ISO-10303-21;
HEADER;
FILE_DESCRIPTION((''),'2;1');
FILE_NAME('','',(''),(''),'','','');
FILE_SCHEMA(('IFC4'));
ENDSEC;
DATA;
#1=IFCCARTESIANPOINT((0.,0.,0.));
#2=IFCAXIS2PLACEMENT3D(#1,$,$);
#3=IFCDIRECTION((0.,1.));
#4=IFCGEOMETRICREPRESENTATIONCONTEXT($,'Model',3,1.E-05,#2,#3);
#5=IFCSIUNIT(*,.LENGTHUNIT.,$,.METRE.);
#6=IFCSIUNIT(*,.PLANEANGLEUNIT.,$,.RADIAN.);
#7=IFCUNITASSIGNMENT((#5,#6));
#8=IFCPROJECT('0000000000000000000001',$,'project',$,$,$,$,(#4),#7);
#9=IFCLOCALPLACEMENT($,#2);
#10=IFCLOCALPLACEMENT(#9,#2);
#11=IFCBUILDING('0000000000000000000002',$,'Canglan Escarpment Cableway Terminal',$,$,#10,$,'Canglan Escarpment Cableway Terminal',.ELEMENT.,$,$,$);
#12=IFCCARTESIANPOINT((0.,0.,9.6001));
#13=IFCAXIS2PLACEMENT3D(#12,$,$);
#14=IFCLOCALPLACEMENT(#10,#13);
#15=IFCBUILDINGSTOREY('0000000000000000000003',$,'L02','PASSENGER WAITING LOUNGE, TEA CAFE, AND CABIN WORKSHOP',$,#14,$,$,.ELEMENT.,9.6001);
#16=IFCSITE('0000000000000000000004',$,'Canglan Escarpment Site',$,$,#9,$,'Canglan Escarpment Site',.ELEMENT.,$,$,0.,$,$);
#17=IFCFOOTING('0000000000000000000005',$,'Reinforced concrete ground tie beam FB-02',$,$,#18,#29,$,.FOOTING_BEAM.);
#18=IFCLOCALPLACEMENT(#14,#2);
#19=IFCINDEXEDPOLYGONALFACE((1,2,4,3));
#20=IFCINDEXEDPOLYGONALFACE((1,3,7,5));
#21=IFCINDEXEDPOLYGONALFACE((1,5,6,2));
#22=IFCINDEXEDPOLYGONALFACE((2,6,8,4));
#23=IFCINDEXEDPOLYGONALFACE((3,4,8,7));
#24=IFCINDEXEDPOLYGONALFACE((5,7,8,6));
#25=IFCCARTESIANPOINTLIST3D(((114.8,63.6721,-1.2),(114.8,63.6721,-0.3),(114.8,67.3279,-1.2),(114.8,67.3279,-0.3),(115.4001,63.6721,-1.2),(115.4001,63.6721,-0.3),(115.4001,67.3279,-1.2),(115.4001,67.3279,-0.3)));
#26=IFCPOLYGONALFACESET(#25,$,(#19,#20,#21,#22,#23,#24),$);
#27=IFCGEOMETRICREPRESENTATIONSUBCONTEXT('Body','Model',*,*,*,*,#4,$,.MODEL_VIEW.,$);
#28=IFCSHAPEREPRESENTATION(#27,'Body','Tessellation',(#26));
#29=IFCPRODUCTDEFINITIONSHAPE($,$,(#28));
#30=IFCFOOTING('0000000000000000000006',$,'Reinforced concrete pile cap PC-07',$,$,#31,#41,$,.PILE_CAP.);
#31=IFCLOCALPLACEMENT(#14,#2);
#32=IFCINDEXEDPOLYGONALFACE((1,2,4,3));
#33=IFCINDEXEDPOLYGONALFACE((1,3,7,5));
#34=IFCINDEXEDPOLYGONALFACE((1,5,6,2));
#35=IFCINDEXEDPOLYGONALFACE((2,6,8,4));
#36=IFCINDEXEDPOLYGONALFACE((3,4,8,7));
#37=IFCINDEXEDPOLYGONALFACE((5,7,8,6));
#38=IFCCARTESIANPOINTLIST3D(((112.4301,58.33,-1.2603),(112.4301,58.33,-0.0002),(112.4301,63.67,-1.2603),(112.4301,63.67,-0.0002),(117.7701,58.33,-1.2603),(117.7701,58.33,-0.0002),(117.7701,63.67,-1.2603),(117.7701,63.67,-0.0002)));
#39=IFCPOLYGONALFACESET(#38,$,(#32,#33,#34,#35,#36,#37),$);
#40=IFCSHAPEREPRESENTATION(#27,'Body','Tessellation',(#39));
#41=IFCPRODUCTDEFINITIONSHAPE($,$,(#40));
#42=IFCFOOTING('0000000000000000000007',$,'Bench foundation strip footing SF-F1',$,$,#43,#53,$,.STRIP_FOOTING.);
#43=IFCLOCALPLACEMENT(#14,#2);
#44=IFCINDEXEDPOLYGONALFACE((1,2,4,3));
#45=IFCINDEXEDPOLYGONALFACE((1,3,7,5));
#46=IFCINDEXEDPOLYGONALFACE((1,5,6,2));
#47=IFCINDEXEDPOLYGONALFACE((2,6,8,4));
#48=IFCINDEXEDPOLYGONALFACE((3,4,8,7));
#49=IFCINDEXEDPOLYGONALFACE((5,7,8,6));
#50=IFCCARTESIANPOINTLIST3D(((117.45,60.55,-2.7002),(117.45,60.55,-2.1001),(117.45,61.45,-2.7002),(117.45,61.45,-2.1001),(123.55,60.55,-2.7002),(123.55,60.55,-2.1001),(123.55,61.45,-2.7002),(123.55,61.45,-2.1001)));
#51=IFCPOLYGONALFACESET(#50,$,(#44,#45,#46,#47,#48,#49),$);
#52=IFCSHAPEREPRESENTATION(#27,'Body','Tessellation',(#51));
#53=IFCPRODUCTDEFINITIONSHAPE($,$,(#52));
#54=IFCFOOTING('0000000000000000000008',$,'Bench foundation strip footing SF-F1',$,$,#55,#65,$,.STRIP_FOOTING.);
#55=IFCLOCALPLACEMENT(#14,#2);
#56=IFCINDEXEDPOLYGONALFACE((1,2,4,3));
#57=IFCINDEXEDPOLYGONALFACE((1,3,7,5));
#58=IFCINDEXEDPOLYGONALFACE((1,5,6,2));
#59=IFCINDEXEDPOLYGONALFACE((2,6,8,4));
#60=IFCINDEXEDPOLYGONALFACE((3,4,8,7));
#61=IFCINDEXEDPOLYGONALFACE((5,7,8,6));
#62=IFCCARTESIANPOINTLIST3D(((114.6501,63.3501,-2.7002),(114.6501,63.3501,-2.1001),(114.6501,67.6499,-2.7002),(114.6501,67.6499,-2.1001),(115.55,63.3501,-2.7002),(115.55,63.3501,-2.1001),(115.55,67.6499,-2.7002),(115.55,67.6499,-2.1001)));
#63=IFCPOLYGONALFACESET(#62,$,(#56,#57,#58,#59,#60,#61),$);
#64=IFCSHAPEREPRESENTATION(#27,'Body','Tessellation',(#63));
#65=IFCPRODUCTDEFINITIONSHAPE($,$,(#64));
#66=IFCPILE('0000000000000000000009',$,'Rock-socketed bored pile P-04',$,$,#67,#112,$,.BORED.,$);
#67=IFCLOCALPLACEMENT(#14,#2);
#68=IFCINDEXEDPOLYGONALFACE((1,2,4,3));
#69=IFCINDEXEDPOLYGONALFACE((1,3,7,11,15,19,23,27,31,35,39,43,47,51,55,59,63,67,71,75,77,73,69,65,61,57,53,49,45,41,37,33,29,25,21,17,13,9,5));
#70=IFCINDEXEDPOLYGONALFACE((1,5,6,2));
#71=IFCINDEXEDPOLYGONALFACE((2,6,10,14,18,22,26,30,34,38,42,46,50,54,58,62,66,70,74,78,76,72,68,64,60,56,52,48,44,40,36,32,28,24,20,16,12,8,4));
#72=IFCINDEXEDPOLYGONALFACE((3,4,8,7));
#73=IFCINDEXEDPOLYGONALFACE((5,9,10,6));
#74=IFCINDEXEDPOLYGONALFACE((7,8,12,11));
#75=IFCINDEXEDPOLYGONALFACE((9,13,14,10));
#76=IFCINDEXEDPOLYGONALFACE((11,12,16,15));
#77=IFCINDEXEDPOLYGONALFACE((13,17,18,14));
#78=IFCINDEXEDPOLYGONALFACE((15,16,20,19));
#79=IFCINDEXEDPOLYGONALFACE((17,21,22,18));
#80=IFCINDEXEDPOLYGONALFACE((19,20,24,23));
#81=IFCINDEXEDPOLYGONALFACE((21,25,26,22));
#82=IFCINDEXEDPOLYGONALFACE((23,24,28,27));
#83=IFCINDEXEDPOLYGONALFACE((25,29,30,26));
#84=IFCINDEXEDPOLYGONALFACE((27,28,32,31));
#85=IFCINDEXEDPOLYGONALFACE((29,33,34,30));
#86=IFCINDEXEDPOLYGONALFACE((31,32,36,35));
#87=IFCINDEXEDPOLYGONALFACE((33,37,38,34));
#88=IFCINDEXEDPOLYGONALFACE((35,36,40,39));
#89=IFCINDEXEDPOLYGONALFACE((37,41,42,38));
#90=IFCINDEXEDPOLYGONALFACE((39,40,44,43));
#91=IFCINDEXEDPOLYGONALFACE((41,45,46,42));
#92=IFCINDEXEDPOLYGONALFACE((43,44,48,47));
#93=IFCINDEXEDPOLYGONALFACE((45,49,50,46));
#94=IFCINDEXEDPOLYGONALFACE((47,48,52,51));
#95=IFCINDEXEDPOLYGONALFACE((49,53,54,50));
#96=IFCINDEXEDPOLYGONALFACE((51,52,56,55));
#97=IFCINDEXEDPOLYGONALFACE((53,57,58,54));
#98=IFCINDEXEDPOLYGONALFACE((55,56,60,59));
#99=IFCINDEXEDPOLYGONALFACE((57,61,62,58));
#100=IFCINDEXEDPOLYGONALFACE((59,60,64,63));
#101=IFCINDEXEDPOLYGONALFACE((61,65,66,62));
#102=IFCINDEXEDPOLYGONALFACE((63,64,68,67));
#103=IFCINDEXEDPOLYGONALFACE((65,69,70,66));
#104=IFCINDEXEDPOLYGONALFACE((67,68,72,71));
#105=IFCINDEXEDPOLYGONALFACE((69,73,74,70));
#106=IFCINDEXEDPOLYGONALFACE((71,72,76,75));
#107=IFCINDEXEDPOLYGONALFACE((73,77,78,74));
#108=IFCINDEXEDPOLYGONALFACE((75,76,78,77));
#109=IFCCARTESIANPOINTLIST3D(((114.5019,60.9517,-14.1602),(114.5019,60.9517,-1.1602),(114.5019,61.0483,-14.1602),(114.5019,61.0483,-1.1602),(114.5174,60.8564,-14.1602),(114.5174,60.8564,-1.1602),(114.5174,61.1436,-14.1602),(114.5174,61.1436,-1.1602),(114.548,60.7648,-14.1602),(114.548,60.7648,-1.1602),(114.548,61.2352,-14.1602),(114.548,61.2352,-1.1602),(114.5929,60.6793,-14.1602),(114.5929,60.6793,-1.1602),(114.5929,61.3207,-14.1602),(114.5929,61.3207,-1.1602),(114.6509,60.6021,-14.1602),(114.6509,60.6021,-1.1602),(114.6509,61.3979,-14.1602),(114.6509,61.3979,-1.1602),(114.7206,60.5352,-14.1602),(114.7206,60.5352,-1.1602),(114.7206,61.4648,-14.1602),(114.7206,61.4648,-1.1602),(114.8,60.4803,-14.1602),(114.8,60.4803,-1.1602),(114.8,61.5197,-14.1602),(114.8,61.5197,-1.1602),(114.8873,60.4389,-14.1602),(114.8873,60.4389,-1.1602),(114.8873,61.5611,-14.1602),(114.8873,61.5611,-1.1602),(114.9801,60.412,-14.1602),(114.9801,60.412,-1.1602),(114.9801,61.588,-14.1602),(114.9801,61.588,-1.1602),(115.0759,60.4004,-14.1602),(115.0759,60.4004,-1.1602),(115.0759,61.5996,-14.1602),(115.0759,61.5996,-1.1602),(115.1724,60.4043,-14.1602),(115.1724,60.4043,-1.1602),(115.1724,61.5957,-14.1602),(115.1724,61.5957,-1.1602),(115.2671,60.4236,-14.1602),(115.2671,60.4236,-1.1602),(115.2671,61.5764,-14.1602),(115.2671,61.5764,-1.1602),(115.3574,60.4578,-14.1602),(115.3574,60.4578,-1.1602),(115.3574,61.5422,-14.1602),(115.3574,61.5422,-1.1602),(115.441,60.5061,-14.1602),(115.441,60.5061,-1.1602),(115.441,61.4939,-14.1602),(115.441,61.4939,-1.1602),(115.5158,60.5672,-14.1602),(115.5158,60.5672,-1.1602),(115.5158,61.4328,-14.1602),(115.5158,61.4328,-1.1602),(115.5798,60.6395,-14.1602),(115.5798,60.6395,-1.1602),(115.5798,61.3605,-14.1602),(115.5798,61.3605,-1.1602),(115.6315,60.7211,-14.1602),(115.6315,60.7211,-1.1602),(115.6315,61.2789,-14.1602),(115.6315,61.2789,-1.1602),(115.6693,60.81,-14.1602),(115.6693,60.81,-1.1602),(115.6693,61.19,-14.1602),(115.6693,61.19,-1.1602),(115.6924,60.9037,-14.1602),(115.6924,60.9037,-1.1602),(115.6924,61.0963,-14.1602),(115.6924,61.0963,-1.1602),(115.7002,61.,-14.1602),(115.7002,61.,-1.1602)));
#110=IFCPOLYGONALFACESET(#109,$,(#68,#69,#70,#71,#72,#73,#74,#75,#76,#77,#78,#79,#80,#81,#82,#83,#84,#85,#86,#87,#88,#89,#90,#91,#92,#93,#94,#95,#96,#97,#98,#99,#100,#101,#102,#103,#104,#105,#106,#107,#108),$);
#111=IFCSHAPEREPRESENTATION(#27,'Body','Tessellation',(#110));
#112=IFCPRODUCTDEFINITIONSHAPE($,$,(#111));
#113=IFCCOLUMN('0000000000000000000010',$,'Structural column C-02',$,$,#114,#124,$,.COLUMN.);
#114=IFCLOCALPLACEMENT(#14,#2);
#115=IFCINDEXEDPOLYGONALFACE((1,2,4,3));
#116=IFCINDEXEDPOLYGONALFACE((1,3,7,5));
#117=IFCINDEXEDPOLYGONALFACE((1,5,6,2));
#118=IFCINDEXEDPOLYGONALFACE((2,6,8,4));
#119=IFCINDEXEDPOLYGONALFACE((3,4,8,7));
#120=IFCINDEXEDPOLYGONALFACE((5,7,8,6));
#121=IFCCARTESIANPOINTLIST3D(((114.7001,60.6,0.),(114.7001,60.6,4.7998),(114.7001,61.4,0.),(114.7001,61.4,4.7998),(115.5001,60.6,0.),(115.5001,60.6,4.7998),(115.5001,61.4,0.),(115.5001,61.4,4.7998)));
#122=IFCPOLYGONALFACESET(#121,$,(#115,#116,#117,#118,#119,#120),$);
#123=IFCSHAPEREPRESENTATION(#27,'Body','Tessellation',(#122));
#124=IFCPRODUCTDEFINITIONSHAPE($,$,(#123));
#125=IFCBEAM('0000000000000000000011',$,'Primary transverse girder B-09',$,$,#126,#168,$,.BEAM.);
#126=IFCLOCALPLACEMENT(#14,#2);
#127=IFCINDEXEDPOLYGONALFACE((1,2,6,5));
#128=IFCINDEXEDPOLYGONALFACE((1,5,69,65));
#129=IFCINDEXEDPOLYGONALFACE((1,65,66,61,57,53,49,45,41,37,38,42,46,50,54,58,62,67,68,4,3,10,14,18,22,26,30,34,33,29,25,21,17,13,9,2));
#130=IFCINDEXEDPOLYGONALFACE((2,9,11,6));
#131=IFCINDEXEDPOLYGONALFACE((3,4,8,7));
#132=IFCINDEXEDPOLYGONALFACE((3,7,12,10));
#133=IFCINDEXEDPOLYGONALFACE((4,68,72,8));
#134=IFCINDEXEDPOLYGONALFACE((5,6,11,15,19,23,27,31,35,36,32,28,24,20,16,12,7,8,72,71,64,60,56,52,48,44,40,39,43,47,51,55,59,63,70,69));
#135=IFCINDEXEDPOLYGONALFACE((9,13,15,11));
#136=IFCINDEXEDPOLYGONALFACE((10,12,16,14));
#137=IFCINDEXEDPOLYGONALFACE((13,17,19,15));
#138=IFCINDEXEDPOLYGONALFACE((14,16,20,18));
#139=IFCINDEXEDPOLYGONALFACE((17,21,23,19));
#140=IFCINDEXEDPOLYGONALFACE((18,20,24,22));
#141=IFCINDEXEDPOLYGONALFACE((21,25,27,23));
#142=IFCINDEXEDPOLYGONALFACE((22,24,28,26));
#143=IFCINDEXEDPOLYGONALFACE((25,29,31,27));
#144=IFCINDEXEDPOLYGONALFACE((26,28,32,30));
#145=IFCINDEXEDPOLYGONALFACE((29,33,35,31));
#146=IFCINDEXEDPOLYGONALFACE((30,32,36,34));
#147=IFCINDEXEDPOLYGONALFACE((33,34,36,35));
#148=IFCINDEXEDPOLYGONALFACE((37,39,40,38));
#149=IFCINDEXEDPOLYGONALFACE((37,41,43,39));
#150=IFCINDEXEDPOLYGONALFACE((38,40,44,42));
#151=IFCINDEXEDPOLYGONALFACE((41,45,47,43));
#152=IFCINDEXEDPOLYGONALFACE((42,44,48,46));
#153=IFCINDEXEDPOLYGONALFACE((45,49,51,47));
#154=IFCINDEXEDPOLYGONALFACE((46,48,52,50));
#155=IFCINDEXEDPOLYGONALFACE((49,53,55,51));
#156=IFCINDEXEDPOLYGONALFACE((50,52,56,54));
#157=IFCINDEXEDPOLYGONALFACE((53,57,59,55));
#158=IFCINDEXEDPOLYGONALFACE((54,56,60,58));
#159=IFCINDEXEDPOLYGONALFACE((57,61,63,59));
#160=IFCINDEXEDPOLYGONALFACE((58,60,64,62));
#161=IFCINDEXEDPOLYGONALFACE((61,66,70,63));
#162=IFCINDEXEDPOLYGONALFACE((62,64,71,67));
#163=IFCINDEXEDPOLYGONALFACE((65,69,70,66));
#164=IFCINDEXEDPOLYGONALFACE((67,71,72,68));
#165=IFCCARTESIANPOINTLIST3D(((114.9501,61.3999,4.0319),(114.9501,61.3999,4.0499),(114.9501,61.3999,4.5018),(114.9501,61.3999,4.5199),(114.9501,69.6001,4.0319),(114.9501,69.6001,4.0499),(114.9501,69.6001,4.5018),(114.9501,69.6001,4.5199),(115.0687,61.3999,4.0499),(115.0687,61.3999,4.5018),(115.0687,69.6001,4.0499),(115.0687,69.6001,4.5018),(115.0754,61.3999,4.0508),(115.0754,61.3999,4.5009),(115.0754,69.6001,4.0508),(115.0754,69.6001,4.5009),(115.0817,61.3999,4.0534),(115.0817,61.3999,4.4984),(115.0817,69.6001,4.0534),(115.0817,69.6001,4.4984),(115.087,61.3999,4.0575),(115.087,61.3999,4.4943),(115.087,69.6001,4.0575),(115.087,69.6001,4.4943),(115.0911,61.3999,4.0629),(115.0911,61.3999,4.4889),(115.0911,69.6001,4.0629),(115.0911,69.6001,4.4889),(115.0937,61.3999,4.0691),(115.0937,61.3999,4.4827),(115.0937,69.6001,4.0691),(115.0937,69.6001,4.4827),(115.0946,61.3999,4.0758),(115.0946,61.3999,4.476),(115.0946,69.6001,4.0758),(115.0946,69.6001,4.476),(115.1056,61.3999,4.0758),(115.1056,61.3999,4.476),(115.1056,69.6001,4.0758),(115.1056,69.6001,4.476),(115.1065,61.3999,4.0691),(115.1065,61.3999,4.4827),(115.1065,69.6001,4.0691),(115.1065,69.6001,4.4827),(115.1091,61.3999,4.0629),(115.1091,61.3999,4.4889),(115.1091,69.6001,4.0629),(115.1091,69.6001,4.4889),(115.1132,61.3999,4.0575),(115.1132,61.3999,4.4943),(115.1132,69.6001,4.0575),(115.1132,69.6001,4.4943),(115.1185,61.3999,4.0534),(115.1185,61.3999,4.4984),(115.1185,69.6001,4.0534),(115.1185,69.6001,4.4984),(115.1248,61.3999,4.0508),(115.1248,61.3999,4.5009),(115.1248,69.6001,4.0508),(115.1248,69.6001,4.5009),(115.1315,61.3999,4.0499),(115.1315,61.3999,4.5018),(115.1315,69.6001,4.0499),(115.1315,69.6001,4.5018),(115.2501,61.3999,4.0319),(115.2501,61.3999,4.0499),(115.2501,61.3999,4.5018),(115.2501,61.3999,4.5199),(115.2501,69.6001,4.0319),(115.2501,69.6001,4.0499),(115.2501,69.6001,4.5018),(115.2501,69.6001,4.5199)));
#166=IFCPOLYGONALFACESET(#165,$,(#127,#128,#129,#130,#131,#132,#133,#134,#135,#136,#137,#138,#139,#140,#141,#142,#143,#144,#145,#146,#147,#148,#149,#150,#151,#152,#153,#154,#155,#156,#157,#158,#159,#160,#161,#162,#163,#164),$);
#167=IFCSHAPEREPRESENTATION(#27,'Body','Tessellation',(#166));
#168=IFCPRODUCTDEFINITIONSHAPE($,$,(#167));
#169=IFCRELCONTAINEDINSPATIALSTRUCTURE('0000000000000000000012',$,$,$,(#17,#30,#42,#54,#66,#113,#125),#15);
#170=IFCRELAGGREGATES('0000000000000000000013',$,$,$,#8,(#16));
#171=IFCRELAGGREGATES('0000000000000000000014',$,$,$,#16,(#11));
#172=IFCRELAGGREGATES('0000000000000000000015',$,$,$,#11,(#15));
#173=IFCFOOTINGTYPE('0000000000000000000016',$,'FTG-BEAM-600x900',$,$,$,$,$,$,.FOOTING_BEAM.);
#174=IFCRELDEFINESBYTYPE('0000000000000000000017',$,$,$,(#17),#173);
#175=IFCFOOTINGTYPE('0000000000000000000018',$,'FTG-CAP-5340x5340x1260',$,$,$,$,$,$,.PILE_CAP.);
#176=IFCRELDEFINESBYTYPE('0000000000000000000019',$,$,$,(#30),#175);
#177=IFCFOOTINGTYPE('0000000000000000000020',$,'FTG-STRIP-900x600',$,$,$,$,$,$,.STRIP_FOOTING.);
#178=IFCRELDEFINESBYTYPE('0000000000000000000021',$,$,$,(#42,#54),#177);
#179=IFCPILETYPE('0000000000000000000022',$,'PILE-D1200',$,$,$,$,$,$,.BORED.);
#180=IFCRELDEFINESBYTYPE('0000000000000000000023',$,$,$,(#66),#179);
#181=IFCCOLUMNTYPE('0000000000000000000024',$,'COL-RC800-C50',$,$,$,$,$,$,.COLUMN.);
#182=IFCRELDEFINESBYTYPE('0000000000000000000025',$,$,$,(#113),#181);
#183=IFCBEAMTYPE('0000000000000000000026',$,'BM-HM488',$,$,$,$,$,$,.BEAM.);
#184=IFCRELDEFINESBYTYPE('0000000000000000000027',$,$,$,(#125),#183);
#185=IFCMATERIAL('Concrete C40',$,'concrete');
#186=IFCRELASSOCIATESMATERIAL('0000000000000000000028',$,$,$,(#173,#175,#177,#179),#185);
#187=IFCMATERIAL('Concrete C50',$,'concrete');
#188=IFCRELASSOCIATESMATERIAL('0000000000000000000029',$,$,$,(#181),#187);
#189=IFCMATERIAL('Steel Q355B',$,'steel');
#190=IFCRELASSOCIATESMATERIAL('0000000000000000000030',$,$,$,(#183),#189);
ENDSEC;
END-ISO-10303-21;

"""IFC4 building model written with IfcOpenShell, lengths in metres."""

from ifc_helpers import new_model, si_unit, direction, frame, origin, origin_2d, place, context, subcontext, project, spatial, rectangle, circle, i_section, extrude, material, material_profile, profile_set, type_object, element, save


model = new_model("IFC4")

# Units and contexts
model_context = context("Model", 3, precision=1e-05, world=origin(), true_north=direction((0.0, 1.0)))
body_context = subcontext(model_context, "Body", "Model", "MODEL_VIEW")
ifc_project = project(units=[si_unit("LENGTHUNIT", "METRE"), si_unit("PLANEANGLEUNIT", "RADIAN")], contexts=[model_context])

# Site, building, storey
site_placement = place(None, origin())
site = spatial("IfcSite", under=ifc_project, at=site_placement, Name="Canglan Escarpment Site", LongName="Canglan Escarpment Site", CompositionType="ELEMENT", RefElevation=0.0)
building_placement = place(site_placement, origin())
building = spatial("IfcBuilding", under=site, at=building_placement, Name="Canglan Escarpment Cableway Terminal", LongName="Canglan Escarpment Cableway Terminal", CompositionType="ELEMENT")
storey_placement = place(building_placement, frame((0.0, 0.0, 9.6001)))
storey = spatial("IfcBuildingStorey", under=building, at=storey_placement, Name="L02", Description="PASSENGER WAITING LOUNGE, TEA CAFE, AND CABIN WORKSHOP", CompositionType="ELEMENT", Elevation=9.6001)

# Footings
ifc_material_1 = material(Name="Concrete C40", Category="concrete")
ifc_material_profile_1 = material_profile(ifc_material_1, rectangle(XDim=0.6001, YDim=0.8999, at=origin_2d()), Name="FB 600x900")
ifc_profile_set_1 = profile_set([ifc_material_profile_1], Name="Concrete C40")
footing_type_1 = type_object("IfcFootingType", Name="FTG-BEAM-600x900", PredefinedType="FOOTING_BEAM", material=ifc_profile_set_1)
footing_1_placement = place(storey_placement, frame((115.1001, 63.6721, -0.75), z_axis=(0.0, 1.0, 0.0), x_axis=(-1.0, 0.0, 0.0)))
element("IfcFooting", 1, at=footing_1_placement, inside=storey, type_object=footing_type_1, Name="Reinforced concrete ground tie beam FB-02", PredefinedType="FOOTING_BEAM", context=body_context, shape_type="SweptSolid", body=[
    extrude(rectangle(XDim=0.6001, YDim=0.8999, at=origin_2d()), origin(), (0.0, 0.0, 1.0), 3.6558),
])
footing_type_2 = type_object("IfcFootingType", Name="FTG-CAP-5340x5340x1260", PredefinedType="PILE_CAP", material=ifc_material_1)
footing_2_placement = place(storey_placement, frame((115.1001, 61.0, -1.2603), z_axis=(0.0, 0.0, 1.0), x_axis=(1.0, 0.0, 0.0)))
element("IfcFooting", 2, at=footing_2_placement, inside=storey, type_object=footing_type_2, Name="Reinforced concrete pile cap PC-07", PredefinedType="PILE_CAP", context=body_context, shape_type="SweptSolid", body=[
    extrude(rectangle(XDim=5.3401, YDim=5.3401, at=origin_2d()), origin(), (0.0, 0.0, 1.0), 1.26),
])
ifc_material_profile_2 = material_profile(ifc_material_1, rectangle(XDim=0.8999, YDim=0.6001, at=origin_2d()), Name="SF 900x600")
ifc_profile_set_2 = profile_set([ifc_material_profile_2], Name="Concrete C40")
footing_type_3 = type_object("IfcFootingType", Name="FTG-STRIP-900x600", PredefinedType="STRIP_FOOTING", material=ifc_profile_set_2)
footing_3_placement = place(storey_placement, frame((117.45, 61.0, -2.4001), z_axis=(1.0, 0.0, 0.0), x_axis=(0.0, 1.0, 0.0)))
element("IfcFooting", 3, at=footing_3_placement, inside=storey, type_object=footing_type_3, Name="Bench foundation strip footing SF-F1", PredefinedType="STRIP_FOOTING", context=body_context, shape_type="SweptSolid", body=[
    extrude(rectangle(XDim=0.8999, YDim=0.6001, at=origin_2d()), origin(), (0.0, 0.0, 1.0), 6.1001),
])
footing_4_placement = place(storey_placement, frame((115.1001, 63.3501, -2.4001), z_axis=(0.0, 1.0, 0.0), x_axis=(-1.0, 0.0, 0.0)))
element("IfcFooting", 4, at=footing_4_placement, inside=storey, type_object=footing_type_3, Name="Bench foundation strip footing SF-F1", PredefinedType="STRIP_FOOTING", context=body_context, shape_type="SweptSolid", body=[
    extrude(rectangle(XDim=0.8999, YDim=0.6001, at=origin_2d()), origin(), (0.0, 0.0, 1.0), 4.2998),
])

# Pile
ifc_material_profile_3 = material_profile(ifc_material_1, circle(Radius=0.6001, at=origin_2d()), Name="BORED PILE D1200")
ifc_profile_set_3 = profile_set([ifc_material_profile_3], Name="Concrete C40")
pile_type = type_object("IfcPileType", Name="PILE-D1200", PredefinedType="BORED", material=ifc_profile_set_3)
pile_placement = place(storey_placement, frame((115.1001, 61.0, -1.1602), z_axis=(0.0, 0.0, -1.0), x_axis=(1.0, 0.0, 0.0)))
element("IfcPile", 5, at=pile_placement, inside=storey, type_object=pile_type, Name="Rock-socketed bored pile P-04", PredefinedType="BORED", context=body_context, shape_type="SweptSolid", body=[
    extrude(circle(Radius=0.6001, at=origin_2d()), origin(), (0.0, 0.0, 1.0), 13.0),
])

# Column
ifc_material_2 = material(Name="Concrete C50", Category="concrete")
ifc_material_profile_4 = material_profile(ifc_material_2, rectangle(XDim=0.8, YDim=0.8, at=origin_2d()), Name="RC 800x800")
ifc_profile_set_4 = profile_set([ifc_material_profile_4], Name="Concrete C50")
column_type = type_object("IfcColumnType", Name="COL-RC800-C50", PredefinedType="COLUMN", material=ifc_profile_set_4)
column_placement = place(storey_placement, frame((115.1001, 61.0, 0.0), z_axis=(0.0, 0.0, 1.0), x_axis=(1.0, 0.0, 0.0)))
element("IfcColumn", 6, at=column_placement, inside=storey, type_object=column_type, Name="Structural column C-02", PredefinedType="COLUMN", context=body_context, shape_type="SweptSolid", body=[
    extrude(rectangle(XDim=0.8, YDim=0.8, at=origin_2d()), origin(), (0.0, 0.0, 1.0), 4.7998),
])

# Beam
ifc_material_3 = material(Name="Steel Q355B", Category="steel")
ifc_material_profile_5 = material_profile(ifc_material_3, i_section(OverallWidth=0.3, OverallDepth=0.488, WebThickness=0.011, FlangeThickness=0.0181, FilletRadius=0.0259, at=origin_2d()), Name="HM 488x300x11x18")
ifc_profile_set_5 = profile_set([ifc_material_profile_5], Name="Steel Q355B")
beam_type_1 = type_object("IfcBeamType", Name="BM-HM488", PredefinedType="BEAM", material=ifc_profile_set_5)
beam_1_placement = place(storey_placement, frame((115.1001, 61.3999, 4.2759), z_axis=(0.0, 1.0, 0.0), x_axis=(-1.0, 0.0, 0.0)))
element("IfcBeam", 7, at=beam_1_placement, inside=storey, type_object=beam_type_1, Name="Primary transverse girder B-09", PredefinedType="BEAM", context=body_context, shape_type="SweptSolid", body=[
    extrude(i_section(OverallWidth=0.3, OverallDepth=0.488, WebThickness=0.011, FlangeThickness=0.0181, FilletRadius=0.0259, at=origin_2d()), origin(), (0.0, 0.0, 1.0), 8.2002),
])

save(model, "model.ifc")
